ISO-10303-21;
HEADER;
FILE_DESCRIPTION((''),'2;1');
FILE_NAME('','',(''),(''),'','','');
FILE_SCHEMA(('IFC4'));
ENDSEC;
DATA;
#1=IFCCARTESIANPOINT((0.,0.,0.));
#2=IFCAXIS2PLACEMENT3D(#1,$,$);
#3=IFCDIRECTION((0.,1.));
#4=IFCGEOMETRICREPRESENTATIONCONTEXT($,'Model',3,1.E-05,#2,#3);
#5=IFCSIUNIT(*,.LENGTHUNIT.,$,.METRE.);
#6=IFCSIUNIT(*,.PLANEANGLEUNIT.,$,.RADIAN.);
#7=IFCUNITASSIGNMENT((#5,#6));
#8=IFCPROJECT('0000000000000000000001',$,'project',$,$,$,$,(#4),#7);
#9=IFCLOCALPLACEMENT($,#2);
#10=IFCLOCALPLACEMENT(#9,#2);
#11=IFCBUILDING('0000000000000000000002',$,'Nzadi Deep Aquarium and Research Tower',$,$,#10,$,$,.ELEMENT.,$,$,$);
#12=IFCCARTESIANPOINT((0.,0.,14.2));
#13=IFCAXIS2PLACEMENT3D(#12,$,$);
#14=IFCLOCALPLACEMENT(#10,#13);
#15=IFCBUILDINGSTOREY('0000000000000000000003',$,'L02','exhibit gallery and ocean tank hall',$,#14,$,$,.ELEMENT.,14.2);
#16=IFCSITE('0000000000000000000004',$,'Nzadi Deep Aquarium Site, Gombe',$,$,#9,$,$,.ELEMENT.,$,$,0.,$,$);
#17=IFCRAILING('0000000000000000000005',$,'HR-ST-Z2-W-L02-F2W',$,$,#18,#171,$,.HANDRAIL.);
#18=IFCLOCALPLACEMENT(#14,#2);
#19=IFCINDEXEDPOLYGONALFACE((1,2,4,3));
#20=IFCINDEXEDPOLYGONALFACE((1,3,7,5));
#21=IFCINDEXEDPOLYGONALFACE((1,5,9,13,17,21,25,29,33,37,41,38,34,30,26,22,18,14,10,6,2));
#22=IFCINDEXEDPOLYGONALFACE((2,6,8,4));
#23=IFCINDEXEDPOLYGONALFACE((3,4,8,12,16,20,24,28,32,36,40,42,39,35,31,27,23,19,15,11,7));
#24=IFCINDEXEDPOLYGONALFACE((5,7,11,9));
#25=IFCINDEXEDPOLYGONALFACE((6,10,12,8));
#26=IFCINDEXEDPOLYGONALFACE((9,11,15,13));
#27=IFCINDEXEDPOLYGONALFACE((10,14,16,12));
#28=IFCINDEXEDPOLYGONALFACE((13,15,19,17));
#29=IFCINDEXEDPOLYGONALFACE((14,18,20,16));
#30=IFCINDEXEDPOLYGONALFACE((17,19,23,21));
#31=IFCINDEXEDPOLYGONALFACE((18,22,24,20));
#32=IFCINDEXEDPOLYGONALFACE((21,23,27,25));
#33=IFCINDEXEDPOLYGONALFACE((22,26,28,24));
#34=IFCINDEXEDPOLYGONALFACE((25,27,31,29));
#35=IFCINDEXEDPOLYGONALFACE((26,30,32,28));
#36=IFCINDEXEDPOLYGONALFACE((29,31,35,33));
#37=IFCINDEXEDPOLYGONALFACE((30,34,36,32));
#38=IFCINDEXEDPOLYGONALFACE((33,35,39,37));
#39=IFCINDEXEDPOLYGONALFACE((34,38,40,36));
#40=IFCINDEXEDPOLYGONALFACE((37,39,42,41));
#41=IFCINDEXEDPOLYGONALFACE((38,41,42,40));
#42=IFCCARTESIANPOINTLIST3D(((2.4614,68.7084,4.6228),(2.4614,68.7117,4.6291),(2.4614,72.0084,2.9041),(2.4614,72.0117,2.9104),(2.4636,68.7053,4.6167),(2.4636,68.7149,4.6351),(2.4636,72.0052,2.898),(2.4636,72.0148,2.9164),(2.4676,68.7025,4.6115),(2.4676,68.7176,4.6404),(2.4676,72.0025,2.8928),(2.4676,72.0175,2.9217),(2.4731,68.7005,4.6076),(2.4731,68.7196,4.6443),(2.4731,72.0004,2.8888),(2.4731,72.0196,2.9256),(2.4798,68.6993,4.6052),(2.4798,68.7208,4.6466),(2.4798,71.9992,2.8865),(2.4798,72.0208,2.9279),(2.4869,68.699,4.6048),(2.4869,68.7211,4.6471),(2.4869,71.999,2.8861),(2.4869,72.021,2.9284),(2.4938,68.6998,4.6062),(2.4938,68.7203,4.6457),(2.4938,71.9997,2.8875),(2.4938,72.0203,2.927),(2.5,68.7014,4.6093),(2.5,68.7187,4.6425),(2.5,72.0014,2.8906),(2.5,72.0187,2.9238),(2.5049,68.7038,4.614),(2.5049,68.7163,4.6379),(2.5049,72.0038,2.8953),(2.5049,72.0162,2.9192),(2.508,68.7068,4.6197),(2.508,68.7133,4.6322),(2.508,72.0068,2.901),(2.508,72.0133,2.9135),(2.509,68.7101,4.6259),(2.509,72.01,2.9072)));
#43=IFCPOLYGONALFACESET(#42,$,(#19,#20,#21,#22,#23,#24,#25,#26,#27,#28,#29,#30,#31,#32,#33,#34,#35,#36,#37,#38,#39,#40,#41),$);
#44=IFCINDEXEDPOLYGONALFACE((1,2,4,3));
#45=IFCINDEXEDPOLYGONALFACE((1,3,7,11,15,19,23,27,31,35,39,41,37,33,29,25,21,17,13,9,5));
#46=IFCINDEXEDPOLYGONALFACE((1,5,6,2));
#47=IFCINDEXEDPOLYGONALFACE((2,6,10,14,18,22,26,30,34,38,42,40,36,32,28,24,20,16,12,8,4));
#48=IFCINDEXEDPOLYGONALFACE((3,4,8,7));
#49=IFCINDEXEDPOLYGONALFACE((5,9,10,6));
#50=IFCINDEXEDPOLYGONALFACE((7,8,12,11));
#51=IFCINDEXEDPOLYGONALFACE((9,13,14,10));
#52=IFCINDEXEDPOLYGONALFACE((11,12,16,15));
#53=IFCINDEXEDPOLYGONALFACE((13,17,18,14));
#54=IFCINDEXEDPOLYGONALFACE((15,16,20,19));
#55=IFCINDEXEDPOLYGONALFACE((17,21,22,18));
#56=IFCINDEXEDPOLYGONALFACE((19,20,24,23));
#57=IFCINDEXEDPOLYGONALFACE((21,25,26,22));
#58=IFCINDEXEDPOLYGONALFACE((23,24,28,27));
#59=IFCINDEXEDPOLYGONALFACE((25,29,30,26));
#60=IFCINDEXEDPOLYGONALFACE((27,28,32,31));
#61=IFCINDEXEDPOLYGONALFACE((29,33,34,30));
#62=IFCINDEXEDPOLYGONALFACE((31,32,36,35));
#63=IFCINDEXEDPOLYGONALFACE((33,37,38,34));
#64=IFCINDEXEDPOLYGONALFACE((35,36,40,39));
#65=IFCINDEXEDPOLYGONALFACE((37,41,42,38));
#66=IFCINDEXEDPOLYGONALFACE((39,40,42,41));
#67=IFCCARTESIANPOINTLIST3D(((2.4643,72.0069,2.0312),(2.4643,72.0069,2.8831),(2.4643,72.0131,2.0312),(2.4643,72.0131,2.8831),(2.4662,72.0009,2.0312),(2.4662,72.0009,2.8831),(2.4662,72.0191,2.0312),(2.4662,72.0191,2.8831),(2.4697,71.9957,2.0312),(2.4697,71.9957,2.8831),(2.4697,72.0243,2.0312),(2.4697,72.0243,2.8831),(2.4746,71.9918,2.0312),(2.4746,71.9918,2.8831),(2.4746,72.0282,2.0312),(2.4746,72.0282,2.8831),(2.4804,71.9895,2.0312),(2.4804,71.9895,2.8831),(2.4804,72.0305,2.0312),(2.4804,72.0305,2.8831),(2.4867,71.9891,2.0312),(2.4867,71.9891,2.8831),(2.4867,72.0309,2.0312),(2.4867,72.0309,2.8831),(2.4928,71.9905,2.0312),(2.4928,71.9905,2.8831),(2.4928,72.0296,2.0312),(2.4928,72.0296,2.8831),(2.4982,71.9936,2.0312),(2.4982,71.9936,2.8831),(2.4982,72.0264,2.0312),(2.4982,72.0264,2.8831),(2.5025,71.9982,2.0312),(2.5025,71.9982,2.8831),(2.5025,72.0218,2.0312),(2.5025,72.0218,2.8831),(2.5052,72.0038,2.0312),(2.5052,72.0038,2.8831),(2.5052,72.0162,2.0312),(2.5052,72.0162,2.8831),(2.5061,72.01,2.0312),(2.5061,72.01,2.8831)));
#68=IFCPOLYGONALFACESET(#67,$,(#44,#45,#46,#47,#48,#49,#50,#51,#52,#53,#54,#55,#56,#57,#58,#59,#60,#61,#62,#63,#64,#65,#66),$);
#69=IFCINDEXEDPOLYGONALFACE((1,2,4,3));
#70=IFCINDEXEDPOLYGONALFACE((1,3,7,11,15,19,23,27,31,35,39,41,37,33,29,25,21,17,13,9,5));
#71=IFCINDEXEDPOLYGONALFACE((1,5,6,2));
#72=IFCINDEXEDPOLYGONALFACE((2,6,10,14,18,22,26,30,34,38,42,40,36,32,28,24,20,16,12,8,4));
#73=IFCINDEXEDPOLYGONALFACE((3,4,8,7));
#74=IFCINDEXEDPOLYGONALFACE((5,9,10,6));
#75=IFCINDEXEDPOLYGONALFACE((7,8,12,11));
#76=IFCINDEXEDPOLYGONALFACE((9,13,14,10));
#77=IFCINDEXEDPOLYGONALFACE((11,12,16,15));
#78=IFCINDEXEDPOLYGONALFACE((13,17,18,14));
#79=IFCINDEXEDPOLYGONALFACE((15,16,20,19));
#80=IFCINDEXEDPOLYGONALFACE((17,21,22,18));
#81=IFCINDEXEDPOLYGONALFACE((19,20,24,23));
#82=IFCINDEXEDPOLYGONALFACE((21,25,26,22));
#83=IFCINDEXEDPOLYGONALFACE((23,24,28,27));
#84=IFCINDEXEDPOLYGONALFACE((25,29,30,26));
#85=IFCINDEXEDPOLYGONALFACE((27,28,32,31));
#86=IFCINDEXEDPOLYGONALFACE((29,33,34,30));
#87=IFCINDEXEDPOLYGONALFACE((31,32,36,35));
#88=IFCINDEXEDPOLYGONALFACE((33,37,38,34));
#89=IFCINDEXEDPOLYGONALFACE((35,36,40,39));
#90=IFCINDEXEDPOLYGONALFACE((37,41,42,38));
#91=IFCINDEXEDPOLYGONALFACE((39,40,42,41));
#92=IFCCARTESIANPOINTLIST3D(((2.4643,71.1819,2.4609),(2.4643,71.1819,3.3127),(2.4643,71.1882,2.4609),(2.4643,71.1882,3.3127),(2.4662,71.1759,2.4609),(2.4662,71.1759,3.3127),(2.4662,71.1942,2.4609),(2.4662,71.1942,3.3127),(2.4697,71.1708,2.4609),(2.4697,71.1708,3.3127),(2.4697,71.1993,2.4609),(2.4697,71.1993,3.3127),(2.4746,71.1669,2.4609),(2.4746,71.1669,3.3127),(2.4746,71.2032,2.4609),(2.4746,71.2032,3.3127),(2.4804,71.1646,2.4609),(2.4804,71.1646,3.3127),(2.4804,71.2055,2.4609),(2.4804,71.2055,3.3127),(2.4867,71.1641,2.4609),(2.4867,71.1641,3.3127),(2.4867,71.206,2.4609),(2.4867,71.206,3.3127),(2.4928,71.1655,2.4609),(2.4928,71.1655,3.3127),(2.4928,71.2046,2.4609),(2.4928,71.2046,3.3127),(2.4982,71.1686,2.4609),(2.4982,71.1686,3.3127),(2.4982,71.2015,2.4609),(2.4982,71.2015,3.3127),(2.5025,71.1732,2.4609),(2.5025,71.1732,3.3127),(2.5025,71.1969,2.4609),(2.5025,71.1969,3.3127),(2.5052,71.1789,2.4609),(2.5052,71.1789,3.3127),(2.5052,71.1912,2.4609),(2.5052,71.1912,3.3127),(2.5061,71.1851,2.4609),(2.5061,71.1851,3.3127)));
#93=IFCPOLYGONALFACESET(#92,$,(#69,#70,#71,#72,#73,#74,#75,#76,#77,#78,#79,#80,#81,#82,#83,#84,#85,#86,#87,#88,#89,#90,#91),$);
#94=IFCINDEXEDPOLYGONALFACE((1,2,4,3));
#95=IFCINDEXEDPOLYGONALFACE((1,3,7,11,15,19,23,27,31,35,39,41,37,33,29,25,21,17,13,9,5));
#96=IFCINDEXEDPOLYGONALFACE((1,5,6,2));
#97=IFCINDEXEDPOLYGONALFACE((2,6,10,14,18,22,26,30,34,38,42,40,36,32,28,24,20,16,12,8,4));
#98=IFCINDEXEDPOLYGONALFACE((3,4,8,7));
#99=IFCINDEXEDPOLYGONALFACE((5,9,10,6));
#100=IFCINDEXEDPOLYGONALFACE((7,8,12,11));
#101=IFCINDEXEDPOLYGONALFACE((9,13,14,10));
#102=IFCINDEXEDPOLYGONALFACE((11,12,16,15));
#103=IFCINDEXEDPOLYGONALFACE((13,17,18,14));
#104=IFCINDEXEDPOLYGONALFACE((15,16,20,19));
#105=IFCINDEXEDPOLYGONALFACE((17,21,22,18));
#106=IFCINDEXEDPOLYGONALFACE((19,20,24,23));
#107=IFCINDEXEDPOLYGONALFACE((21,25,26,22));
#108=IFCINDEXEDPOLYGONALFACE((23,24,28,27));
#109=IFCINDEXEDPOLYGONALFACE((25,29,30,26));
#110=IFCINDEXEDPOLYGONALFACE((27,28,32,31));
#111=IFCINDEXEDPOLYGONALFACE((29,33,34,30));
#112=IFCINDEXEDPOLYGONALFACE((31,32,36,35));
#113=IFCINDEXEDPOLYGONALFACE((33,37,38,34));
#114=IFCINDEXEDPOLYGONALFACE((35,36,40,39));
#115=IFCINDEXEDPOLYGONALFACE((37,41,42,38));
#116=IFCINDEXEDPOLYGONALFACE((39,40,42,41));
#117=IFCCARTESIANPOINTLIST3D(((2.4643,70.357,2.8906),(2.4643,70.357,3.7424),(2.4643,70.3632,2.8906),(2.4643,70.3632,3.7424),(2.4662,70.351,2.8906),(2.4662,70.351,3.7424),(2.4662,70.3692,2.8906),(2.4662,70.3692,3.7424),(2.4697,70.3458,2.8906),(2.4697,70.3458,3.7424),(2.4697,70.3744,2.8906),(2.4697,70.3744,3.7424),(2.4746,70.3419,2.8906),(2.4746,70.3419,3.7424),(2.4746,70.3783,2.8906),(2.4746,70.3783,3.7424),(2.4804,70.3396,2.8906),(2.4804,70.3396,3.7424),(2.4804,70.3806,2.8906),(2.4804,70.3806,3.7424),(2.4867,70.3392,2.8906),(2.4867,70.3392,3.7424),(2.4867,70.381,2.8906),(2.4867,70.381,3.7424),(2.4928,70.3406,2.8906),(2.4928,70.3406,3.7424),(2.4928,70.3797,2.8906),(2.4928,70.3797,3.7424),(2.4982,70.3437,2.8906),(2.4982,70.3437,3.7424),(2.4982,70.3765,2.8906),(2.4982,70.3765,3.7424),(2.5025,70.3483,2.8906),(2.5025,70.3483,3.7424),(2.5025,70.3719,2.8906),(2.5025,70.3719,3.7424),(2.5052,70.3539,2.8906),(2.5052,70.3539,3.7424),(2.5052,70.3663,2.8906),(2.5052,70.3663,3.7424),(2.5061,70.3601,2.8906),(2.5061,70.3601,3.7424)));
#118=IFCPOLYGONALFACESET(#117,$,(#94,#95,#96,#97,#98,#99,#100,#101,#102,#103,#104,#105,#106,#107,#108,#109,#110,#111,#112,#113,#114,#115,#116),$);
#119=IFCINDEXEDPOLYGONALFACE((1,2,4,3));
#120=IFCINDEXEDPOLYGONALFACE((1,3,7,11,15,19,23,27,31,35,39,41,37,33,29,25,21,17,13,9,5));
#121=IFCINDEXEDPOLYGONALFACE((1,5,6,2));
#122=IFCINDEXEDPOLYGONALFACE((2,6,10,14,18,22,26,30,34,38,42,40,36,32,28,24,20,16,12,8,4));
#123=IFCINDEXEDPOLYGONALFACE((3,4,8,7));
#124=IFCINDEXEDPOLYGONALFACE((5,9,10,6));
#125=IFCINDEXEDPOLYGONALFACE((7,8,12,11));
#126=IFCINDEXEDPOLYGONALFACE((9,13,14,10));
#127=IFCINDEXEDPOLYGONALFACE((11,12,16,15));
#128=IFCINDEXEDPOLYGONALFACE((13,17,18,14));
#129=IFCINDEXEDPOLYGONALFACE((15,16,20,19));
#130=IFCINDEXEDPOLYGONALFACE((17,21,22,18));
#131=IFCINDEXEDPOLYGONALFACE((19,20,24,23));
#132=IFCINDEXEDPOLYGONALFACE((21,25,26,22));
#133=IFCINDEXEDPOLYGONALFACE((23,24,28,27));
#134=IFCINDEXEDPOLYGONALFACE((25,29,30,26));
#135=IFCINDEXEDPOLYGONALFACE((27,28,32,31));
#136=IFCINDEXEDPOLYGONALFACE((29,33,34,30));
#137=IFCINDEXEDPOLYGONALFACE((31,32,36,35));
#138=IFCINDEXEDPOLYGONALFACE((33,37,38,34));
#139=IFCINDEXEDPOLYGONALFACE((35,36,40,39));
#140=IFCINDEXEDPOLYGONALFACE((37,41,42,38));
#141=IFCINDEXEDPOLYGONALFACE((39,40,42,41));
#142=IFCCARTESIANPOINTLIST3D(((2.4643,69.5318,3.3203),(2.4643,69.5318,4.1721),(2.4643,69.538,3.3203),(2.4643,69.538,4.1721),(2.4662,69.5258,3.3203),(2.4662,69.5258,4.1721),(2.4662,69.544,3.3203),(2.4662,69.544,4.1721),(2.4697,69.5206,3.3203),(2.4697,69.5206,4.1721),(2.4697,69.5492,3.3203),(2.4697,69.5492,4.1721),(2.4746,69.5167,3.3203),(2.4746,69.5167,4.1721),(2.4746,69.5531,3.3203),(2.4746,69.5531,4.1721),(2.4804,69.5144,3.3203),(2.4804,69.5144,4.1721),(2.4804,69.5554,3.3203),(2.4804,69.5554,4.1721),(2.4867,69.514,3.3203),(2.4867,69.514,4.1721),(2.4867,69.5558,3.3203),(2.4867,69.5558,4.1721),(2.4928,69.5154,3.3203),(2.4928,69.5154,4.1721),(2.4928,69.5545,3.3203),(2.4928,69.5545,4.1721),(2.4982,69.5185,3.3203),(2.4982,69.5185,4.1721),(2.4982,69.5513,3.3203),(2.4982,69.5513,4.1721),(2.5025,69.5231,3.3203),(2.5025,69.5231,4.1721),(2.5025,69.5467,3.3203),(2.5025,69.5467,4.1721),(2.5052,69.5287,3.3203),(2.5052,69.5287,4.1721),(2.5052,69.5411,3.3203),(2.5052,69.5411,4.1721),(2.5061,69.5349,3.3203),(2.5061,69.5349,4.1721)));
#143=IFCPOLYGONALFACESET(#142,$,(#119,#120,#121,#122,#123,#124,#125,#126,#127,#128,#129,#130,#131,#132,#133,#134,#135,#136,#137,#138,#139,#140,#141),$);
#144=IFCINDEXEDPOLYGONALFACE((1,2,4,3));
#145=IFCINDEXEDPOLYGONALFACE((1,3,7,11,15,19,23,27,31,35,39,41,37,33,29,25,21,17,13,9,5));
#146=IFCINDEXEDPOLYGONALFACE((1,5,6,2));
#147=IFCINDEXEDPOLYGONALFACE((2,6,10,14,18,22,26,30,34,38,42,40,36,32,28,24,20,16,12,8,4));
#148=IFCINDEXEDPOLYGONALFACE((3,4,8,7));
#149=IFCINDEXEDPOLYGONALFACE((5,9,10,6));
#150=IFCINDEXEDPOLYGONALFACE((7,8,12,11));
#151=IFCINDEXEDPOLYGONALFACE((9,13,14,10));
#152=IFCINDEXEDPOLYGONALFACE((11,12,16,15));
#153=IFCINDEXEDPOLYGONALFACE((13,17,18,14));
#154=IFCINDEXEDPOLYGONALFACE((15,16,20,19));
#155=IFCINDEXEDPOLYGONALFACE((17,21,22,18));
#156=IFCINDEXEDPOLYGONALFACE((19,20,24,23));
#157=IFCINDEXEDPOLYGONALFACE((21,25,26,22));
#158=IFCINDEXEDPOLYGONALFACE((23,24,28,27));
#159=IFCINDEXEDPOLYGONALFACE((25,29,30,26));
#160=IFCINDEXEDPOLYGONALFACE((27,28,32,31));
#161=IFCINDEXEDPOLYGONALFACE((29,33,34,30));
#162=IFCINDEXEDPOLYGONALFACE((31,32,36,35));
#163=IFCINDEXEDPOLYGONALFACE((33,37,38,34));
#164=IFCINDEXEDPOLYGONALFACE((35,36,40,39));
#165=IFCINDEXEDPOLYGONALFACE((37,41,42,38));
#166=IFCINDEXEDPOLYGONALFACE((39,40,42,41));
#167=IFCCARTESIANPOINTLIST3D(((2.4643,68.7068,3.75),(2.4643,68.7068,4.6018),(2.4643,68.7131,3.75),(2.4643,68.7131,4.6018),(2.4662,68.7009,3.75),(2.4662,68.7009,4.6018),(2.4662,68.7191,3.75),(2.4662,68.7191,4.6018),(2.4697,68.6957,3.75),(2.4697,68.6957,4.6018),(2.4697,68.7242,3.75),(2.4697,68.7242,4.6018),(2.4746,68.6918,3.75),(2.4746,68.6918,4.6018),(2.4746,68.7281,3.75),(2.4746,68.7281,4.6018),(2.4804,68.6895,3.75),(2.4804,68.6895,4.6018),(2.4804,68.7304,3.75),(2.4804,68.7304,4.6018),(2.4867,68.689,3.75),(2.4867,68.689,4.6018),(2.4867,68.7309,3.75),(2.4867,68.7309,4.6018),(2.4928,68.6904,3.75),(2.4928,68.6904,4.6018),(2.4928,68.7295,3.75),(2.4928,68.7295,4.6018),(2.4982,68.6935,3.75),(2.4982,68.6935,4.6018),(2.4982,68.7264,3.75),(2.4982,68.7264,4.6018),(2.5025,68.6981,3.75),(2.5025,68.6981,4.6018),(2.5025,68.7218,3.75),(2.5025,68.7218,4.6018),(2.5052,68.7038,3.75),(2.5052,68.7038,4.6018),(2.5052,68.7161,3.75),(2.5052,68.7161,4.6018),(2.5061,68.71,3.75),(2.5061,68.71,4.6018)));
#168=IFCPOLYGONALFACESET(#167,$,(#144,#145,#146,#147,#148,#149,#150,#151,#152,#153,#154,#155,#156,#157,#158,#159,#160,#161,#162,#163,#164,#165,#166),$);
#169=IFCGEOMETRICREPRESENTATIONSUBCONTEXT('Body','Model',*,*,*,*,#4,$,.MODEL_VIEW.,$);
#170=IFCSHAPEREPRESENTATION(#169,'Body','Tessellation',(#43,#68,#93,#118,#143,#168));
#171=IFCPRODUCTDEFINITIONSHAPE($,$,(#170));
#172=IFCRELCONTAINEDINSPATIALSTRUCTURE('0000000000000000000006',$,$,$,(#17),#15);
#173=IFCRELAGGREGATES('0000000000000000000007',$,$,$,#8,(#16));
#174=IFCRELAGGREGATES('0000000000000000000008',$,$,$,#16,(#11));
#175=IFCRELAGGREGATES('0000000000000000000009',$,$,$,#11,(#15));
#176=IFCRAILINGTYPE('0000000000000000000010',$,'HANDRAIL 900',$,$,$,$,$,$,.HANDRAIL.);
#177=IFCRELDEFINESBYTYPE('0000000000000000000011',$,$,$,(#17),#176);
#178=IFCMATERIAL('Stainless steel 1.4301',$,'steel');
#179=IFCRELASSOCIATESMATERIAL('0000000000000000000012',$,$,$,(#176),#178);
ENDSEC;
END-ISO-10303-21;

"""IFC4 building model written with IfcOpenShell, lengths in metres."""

from ifc_helpers import new_model, si_unit, direction, frame, origin, origin_2d, place, context, subcontext, project, spatial, circle, extrude, material, type_object, element, save


model = new_model("IFC4")

# Units and contexts
model_context = context("Model", 3, precision=1e-05, world=origin(), true_north=direction((0.0, 1.0)))
body_context = subcontext(model_context, "Body", "Model", "MODEL_VIEW")
ifc_project = project(units=[si_unit("LENGTHUNIT", "METRE"), si_unit("PLANEANGLEUNIT", "RADIAN")], contexts=[model_context])

# Site, building, storey
site_placement = place(None, origin())
site = spatial("IfcSite", under=ifc_project, at=site_placement, Name="Nzadi Deep Aquarium Site, Gombe", CompositionType="ELEMENT", RefElevation=0.0)
building_placement = place(site_placement, origin())
building = spatial("IfcBuilding", under=site, at=building_placement, Name="Nzadi Deep Aquarium and Research Tower", CompositionType="ELEMENT")
storey_placement = place(building_placement, frame((0.0, 0.0, 14.2)))
storey = spatial("IfcBuildingStorey", under=building, at=storey_placement, Name="L02", Description="exhibit gallery and ocean tank hall", CompositionType="ELEMENT", Elevation=14.2)

# Railing
ifc_material_1 = material(Name="Stainless steel 1.4301", Category="steel")
railing_type = type_object("IfcRailingType", Name="HANDRAIL 900", PredefinedType="HANDRAIL", material=ifc_material_1)
for number, where, name in (
    (1, (2.4851, 72.01, 2.0312), "HR-ST-Z2-W-L02-F2W"),
):
    element("IfcRailing", number, at=place(storey_placement, frame(where)), inside=storey, type_object=railing_type, Name=name, PredefinedType="HANDRAIL", context=body_context, shape_type="SweptSolid", body=[
        extrude(circle(Radius=0.0239, at=origin_2d()), frame((0.0, 0.0, 0.876), z_axis=(0.0, -0.886917, 0.461929), x_axis=(1.0, 0.0, 0.0)), (0.0, 0.0, 1.0), 3.7207),
        extrude(circle(Radius=0.021, at=origin_2d()), origin(), (0.0, 0.0, 1.0), 0.8518),
        extrude(circle(Radius=0.021, at=origin_2d()), frame((0.0, -0.825, 0.4297)), (0.0, 0.0, 1.0), 0.8518),
        extrude(circle(Radius=0.021, at=origin_2d()), frame((0.0, -1.6499, 0.8594)), (0.0, 0.0, 1.0), 0.8518),
        extrude(circle(Radius=0.021, at=origin_2d()), frame((0.0, -2.4751, 1.2891)), (0.0, 0.0, 1.0), 0.8518),
        extrude(circle(Radius=0.021, at=origin_2d()), frame((0.0, -3.3, 1.7188)), (0.0, 0.0, 1.0), 0.8518),
    ])

save(model, "model.ifc")
